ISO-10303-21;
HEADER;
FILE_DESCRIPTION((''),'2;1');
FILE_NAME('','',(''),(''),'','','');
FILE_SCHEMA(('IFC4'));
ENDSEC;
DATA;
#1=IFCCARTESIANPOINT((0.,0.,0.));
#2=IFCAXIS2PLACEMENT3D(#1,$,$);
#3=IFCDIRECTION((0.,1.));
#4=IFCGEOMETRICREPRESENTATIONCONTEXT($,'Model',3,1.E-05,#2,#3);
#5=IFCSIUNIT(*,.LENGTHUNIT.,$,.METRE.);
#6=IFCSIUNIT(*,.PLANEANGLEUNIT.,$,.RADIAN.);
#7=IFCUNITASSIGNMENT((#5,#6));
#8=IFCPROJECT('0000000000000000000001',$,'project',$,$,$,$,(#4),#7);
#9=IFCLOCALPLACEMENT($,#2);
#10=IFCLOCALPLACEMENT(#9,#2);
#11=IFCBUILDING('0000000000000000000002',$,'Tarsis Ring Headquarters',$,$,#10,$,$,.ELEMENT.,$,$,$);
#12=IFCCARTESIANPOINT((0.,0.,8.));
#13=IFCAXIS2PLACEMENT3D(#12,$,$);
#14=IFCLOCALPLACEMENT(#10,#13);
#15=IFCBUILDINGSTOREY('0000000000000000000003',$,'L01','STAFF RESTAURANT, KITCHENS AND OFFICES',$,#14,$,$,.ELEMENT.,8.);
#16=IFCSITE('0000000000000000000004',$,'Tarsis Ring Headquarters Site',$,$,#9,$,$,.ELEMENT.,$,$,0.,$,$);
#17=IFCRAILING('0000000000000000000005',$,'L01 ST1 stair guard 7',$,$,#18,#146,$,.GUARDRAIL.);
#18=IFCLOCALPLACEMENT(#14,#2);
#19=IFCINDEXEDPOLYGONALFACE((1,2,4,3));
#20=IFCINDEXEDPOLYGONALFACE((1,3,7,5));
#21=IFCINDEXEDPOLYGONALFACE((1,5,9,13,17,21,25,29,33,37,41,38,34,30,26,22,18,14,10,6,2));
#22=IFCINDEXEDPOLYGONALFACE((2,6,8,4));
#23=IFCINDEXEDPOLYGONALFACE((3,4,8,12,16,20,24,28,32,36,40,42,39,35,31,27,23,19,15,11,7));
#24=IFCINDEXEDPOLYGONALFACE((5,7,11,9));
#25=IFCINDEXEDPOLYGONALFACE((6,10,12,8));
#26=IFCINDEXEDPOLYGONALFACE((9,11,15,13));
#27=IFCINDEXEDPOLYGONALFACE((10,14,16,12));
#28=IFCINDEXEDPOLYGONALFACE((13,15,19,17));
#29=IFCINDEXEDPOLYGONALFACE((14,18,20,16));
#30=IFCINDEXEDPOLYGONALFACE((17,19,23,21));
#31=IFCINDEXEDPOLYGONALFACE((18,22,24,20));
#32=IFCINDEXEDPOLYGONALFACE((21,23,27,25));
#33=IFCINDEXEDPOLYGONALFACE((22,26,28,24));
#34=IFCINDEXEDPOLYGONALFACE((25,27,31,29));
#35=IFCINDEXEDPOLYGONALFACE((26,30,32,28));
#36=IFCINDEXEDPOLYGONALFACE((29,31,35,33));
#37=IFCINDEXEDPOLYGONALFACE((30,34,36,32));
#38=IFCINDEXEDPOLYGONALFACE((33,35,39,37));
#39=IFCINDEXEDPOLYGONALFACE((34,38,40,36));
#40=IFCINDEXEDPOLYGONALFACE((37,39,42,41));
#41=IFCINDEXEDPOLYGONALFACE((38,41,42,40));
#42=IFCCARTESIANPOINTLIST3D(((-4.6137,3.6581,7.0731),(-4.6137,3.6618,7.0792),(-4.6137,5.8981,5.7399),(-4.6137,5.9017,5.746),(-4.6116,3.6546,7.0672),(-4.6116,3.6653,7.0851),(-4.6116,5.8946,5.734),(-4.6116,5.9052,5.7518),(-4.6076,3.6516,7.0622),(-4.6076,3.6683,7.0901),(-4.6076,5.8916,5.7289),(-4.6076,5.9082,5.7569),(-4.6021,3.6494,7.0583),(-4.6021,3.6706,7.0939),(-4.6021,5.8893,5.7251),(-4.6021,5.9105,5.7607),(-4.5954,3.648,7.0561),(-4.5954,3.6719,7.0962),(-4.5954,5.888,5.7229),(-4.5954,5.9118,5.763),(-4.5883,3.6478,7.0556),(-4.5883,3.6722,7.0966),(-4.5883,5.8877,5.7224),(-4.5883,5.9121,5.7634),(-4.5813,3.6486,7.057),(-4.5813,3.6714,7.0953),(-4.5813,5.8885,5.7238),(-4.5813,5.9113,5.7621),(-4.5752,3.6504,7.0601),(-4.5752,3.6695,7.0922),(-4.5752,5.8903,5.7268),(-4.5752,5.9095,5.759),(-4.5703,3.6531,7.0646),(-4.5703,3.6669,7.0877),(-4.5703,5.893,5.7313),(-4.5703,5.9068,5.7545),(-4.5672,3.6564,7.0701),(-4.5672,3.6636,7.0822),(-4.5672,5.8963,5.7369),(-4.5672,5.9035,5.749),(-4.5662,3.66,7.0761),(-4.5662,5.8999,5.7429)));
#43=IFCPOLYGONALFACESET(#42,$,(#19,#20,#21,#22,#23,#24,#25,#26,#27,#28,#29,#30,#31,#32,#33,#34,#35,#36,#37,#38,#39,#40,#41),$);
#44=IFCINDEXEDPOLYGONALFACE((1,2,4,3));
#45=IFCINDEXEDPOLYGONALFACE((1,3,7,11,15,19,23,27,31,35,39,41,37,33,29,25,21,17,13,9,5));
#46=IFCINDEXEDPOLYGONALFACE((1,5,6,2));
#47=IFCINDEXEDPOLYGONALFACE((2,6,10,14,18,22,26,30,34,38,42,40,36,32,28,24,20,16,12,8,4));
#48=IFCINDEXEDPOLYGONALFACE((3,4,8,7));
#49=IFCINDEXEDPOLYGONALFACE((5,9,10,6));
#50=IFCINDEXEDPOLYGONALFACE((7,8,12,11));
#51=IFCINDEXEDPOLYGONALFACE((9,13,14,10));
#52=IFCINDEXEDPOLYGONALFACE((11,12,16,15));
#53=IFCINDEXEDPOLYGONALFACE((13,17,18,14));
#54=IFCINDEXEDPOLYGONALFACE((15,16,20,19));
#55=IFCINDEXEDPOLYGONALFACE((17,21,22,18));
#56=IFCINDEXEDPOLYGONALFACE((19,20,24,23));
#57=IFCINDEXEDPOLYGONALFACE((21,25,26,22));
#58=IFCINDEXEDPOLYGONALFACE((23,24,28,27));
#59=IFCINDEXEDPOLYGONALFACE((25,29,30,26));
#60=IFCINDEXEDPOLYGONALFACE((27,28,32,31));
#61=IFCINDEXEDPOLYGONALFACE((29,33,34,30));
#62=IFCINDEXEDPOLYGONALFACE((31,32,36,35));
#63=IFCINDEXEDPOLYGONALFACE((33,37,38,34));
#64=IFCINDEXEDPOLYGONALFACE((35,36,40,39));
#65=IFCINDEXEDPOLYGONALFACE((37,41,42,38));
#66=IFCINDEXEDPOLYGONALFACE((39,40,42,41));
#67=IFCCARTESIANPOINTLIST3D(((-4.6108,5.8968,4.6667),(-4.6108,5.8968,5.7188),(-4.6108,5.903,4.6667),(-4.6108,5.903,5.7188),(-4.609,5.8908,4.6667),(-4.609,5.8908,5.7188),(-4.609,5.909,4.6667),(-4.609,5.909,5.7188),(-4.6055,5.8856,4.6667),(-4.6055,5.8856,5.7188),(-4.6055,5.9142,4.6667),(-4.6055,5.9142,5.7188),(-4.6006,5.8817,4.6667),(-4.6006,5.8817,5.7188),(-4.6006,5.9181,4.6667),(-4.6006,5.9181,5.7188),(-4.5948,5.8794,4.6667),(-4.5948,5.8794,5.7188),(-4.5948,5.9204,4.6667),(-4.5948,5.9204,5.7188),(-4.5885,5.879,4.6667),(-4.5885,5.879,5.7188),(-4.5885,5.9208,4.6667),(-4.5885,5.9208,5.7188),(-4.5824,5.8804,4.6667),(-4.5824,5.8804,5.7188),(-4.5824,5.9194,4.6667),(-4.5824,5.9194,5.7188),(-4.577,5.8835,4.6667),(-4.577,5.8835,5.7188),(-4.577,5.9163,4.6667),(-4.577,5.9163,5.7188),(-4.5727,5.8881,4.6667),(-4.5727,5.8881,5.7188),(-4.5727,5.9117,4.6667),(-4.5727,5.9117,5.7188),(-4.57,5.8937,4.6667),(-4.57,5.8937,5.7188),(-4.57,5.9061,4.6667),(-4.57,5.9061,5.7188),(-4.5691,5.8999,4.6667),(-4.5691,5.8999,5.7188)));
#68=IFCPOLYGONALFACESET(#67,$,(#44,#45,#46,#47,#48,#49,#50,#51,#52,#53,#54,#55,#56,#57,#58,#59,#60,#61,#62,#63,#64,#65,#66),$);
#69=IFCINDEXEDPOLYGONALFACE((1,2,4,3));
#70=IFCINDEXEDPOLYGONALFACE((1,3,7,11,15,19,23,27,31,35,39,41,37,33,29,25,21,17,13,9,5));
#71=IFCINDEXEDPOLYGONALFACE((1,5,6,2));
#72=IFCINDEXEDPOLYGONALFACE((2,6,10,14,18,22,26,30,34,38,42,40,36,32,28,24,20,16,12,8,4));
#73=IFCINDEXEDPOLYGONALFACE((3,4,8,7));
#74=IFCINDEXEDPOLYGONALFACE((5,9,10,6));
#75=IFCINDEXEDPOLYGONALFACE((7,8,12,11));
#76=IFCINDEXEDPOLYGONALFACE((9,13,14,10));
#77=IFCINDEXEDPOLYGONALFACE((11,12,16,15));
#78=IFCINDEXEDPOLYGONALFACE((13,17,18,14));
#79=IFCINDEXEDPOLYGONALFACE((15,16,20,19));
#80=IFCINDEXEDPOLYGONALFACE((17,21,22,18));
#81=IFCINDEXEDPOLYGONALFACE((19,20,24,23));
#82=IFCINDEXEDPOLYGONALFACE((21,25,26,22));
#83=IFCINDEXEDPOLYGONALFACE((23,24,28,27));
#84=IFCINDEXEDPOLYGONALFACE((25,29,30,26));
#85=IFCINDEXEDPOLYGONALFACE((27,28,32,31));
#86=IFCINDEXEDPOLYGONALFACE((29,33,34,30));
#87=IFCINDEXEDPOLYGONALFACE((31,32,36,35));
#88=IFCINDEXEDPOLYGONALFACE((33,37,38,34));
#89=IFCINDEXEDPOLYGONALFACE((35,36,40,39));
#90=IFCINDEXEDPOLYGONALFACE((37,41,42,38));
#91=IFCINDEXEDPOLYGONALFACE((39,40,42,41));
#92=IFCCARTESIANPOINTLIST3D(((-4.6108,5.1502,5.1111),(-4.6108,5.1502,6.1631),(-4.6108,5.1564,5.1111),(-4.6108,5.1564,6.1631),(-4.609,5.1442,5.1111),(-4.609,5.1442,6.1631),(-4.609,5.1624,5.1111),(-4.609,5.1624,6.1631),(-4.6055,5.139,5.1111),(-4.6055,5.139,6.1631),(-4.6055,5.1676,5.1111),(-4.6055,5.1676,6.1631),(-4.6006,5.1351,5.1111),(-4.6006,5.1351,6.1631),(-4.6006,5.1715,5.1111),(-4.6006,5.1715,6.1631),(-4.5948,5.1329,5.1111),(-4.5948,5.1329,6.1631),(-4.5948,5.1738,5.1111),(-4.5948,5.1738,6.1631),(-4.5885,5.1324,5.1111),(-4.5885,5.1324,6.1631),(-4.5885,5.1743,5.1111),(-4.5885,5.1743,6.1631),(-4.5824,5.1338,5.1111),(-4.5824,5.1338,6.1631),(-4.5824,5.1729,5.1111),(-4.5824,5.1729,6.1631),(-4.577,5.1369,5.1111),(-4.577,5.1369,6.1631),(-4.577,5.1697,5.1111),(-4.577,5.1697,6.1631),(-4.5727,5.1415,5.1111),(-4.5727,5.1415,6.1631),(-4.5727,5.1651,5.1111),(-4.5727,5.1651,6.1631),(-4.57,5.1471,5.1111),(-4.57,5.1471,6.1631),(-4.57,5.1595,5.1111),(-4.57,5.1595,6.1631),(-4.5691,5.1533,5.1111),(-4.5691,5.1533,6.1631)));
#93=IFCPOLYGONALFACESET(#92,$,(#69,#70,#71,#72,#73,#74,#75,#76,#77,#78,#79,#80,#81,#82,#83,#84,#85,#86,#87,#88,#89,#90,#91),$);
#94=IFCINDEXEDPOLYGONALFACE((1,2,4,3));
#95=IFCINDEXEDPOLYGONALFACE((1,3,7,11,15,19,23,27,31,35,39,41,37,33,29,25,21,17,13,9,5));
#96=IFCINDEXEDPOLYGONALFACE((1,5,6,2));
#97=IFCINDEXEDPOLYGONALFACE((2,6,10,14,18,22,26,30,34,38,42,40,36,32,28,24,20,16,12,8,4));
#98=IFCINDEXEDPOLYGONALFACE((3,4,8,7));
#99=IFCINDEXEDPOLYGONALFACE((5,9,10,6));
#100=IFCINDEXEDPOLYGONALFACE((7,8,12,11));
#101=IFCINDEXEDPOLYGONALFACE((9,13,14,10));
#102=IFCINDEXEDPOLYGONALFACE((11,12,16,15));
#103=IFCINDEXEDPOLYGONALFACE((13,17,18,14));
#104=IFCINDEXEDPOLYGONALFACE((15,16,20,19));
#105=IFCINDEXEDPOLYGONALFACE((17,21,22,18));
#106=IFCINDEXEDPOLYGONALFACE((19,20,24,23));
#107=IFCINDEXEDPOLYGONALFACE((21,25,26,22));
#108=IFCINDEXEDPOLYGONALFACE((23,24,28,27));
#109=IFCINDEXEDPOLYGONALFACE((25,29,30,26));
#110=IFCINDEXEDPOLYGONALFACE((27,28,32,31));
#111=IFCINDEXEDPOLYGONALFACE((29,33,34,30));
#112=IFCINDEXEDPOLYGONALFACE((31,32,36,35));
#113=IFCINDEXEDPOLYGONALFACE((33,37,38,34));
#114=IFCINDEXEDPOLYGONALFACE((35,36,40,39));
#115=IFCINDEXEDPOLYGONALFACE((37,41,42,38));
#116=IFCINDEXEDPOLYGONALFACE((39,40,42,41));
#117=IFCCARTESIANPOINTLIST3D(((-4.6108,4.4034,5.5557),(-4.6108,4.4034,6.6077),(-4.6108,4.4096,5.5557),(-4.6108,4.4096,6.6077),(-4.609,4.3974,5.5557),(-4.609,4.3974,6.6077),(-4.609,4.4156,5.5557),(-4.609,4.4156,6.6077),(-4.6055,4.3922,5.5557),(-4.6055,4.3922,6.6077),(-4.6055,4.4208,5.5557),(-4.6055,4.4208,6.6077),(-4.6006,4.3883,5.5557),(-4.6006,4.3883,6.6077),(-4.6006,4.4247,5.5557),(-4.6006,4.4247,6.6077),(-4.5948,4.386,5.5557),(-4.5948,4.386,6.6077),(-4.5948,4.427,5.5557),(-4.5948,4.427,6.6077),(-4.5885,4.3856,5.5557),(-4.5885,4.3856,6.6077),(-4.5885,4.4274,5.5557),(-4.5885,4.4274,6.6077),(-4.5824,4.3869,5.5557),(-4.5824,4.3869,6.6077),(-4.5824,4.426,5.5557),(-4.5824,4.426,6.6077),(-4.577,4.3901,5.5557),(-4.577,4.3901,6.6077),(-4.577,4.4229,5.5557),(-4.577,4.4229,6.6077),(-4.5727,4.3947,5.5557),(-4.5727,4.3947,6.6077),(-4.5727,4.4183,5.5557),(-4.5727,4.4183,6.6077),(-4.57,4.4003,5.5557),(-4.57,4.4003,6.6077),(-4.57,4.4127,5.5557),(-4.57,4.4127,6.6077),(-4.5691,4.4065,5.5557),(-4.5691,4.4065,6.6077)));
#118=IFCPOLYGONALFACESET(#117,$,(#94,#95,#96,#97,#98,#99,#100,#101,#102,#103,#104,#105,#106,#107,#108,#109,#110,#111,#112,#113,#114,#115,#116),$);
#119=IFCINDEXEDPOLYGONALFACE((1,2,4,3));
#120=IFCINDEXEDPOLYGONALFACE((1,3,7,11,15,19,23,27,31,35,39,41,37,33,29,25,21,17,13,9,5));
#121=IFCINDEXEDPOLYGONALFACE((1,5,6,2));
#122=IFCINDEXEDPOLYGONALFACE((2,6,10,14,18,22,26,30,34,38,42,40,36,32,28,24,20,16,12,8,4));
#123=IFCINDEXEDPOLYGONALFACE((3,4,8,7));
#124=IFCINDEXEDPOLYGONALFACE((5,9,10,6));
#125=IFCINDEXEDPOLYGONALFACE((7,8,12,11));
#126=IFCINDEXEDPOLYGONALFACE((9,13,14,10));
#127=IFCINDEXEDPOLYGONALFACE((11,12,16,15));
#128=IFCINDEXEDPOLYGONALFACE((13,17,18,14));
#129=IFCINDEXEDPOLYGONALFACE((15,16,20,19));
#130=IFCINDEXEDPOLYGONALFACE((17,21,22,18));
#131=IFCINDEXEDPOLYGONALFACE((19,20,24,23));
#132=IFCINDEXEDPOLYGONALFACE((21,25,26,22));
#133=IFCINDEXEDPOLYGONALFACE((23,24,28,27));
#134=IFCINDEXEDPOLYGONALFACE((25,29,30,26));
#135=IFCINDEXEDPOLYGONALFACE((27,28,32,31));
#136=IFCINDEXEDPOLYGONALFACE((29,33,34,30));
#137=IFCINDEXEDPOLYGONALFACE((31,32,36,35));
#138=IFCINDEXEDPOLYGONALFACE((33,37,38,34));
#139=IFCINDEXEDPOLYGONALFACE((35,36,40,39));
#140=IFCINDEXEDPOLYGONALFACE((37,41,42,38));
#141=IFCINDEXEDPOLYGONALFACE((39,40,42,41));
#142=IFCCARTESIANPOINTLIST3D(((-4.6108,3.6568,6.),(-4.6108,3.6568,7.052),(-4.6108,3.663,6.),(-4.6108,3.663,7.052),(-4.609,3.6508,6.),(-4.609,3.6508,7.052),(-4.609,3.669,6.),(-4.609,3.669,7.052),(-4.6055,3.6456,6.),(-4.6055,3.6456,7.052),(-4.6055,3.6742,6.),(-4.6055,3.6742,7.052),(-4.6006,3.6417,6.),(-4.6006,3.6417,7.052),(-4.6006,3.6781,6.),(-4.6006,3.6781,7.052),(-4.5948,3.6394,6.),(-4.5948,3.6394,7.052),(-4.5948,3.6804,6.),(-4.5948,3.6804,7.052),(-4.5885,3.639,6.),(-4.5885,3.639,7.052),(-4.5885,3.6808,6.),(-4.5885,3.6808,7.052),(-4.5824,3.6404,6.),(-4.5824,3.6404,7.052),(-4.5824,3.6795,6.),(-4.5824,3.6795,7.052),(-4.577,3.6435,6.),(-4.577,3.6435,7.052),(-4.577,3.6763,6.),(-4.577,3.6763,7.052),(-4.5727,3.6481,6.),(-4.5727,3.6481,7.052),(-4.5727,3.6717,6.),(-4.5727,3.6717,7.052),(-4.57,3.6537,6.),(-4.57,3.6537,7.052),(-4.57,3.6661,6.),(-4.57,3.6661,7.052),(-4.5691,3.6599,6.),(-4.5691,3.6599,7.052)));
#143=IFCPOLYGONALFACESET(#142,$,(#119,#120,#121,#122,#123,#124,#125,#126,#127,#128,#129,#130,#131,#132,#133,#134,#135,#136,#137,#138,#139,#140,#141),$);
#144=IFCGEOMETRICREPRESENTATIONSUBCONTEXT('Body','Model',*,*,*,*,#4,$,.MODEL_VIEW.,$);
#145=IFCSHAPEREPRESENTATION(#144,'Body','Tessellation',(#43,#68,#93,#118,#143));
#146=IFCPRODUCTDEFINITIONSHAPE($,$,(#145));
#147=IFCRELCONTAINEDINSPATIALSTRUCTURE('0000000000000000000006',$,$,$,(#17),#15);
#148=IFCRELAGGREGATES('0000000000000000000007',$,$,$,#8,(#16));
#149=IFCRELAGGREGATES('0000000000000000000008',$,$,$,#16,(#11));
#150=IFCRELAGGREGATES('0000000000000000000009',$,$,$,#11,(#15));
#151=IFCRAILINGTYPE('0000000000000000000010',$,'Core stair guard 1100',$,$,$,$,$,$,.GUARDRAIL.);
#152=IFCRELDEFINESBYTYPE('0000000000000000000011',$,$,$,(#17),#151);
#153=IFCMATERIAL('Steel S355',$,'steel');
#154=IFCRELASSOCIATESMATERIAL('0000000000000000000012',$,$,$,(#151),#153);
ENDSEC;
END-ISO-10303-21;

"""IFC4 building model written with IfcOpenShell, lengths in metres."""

from ifc_helpers import new_model, si_unit, direction, frame, origin, origin_2d, place, context, subcontext, project, spatial, circle, extrude, material, type_object, element, save


model = new_model("IFC4")

# Units and contexts
model_context = context("Model", 3, precision=1e-05, world=origin(), true_north=direction((0.0, 1.0)))
body_context = subcontext(model_context, "Body", "Model", "MODEL_VIEW")
ifc_project = project(units=[si_unit("LENGTHUNIT", "METRE"), si_unit("PLANEANGLEUNIT", "RADIAN")], contexts=[model_context])

# Site, building, storey
site_placement = place(None, origin())
site = spatial("IfcSite", under=ifc_project, at=site_placement, Name="Tarsis Ring Headquarters Site", CompositionType="ELEMENT", RefElevation=0.0)
building_placement = place(site_placement, origin())
building = spatial("IfcBuilding", under=site, at=building_placement, Name="Tarsis Ring Headquarters", CompositionType="ELEMENT")
storey_placement = place(building_placement, frame((0.0, 0.0, 8.0)))
storey = spatial("IfcBuildingStorey", under=building, at=storey_placement, Name="L01", Description="STAFF RESTAURANT, KITCHENS AND OFFICES", CompositionType="ELEMENT", Elevation=8.0)

# Shared definitions
ifc_material_1 = material(Name="Steel S355", Category="steel")

# Railing
railing_type_1 = type_object("IfcRailingType", Name="Core stair guard 1100", PredefinedType="GUARDRAIL", material=ifc_material_1)
railing_1_placement = place(storey_placement, frame((-4.5901, 5.8999, 4.6667)))
element("IfcRailing", 1, at=railing_1_placement, inside=storey, type_object=railing_type_1, Name="L01 ST1 stair guard 7", PredefinedType="GUARDRAIL", context=body_context, shape_type="SweptSolid", body=[
    extrude(circle(Radius=0.0239, at=origin_2d()), frame((0.0, 0.0, 1.0762), z_axis=(0.0, -0.859306, 0.511462), x_axis=(1.0, 0.0, 0.0)), (0.0, 0.0, 1.0), 2.6067),
    extrude(circle(Radius=0.021, at=origin_2d()), origin(), (0.0, 0.0, 1.0), 1.052),
    extrude(circle(Radius=0.021, at=origin_2d()), frame((0.0, -0.7466, 0.4443)), (0.0, 0.0, 1.0), 1.052),
    extrude(circle(Radius=0.021, at=origin_2d()), frame((0.0, -1.4934, 0.8889)), (0.0, 0.0, 1.0), 1.052),
    extrude(circle(Radius=0.021, at=origin_2d()), frame((0.0, -2.24, 1.3333)), (0.0, 0.0, 1.0), 1.052),
])

save(model, "model.ifc")
